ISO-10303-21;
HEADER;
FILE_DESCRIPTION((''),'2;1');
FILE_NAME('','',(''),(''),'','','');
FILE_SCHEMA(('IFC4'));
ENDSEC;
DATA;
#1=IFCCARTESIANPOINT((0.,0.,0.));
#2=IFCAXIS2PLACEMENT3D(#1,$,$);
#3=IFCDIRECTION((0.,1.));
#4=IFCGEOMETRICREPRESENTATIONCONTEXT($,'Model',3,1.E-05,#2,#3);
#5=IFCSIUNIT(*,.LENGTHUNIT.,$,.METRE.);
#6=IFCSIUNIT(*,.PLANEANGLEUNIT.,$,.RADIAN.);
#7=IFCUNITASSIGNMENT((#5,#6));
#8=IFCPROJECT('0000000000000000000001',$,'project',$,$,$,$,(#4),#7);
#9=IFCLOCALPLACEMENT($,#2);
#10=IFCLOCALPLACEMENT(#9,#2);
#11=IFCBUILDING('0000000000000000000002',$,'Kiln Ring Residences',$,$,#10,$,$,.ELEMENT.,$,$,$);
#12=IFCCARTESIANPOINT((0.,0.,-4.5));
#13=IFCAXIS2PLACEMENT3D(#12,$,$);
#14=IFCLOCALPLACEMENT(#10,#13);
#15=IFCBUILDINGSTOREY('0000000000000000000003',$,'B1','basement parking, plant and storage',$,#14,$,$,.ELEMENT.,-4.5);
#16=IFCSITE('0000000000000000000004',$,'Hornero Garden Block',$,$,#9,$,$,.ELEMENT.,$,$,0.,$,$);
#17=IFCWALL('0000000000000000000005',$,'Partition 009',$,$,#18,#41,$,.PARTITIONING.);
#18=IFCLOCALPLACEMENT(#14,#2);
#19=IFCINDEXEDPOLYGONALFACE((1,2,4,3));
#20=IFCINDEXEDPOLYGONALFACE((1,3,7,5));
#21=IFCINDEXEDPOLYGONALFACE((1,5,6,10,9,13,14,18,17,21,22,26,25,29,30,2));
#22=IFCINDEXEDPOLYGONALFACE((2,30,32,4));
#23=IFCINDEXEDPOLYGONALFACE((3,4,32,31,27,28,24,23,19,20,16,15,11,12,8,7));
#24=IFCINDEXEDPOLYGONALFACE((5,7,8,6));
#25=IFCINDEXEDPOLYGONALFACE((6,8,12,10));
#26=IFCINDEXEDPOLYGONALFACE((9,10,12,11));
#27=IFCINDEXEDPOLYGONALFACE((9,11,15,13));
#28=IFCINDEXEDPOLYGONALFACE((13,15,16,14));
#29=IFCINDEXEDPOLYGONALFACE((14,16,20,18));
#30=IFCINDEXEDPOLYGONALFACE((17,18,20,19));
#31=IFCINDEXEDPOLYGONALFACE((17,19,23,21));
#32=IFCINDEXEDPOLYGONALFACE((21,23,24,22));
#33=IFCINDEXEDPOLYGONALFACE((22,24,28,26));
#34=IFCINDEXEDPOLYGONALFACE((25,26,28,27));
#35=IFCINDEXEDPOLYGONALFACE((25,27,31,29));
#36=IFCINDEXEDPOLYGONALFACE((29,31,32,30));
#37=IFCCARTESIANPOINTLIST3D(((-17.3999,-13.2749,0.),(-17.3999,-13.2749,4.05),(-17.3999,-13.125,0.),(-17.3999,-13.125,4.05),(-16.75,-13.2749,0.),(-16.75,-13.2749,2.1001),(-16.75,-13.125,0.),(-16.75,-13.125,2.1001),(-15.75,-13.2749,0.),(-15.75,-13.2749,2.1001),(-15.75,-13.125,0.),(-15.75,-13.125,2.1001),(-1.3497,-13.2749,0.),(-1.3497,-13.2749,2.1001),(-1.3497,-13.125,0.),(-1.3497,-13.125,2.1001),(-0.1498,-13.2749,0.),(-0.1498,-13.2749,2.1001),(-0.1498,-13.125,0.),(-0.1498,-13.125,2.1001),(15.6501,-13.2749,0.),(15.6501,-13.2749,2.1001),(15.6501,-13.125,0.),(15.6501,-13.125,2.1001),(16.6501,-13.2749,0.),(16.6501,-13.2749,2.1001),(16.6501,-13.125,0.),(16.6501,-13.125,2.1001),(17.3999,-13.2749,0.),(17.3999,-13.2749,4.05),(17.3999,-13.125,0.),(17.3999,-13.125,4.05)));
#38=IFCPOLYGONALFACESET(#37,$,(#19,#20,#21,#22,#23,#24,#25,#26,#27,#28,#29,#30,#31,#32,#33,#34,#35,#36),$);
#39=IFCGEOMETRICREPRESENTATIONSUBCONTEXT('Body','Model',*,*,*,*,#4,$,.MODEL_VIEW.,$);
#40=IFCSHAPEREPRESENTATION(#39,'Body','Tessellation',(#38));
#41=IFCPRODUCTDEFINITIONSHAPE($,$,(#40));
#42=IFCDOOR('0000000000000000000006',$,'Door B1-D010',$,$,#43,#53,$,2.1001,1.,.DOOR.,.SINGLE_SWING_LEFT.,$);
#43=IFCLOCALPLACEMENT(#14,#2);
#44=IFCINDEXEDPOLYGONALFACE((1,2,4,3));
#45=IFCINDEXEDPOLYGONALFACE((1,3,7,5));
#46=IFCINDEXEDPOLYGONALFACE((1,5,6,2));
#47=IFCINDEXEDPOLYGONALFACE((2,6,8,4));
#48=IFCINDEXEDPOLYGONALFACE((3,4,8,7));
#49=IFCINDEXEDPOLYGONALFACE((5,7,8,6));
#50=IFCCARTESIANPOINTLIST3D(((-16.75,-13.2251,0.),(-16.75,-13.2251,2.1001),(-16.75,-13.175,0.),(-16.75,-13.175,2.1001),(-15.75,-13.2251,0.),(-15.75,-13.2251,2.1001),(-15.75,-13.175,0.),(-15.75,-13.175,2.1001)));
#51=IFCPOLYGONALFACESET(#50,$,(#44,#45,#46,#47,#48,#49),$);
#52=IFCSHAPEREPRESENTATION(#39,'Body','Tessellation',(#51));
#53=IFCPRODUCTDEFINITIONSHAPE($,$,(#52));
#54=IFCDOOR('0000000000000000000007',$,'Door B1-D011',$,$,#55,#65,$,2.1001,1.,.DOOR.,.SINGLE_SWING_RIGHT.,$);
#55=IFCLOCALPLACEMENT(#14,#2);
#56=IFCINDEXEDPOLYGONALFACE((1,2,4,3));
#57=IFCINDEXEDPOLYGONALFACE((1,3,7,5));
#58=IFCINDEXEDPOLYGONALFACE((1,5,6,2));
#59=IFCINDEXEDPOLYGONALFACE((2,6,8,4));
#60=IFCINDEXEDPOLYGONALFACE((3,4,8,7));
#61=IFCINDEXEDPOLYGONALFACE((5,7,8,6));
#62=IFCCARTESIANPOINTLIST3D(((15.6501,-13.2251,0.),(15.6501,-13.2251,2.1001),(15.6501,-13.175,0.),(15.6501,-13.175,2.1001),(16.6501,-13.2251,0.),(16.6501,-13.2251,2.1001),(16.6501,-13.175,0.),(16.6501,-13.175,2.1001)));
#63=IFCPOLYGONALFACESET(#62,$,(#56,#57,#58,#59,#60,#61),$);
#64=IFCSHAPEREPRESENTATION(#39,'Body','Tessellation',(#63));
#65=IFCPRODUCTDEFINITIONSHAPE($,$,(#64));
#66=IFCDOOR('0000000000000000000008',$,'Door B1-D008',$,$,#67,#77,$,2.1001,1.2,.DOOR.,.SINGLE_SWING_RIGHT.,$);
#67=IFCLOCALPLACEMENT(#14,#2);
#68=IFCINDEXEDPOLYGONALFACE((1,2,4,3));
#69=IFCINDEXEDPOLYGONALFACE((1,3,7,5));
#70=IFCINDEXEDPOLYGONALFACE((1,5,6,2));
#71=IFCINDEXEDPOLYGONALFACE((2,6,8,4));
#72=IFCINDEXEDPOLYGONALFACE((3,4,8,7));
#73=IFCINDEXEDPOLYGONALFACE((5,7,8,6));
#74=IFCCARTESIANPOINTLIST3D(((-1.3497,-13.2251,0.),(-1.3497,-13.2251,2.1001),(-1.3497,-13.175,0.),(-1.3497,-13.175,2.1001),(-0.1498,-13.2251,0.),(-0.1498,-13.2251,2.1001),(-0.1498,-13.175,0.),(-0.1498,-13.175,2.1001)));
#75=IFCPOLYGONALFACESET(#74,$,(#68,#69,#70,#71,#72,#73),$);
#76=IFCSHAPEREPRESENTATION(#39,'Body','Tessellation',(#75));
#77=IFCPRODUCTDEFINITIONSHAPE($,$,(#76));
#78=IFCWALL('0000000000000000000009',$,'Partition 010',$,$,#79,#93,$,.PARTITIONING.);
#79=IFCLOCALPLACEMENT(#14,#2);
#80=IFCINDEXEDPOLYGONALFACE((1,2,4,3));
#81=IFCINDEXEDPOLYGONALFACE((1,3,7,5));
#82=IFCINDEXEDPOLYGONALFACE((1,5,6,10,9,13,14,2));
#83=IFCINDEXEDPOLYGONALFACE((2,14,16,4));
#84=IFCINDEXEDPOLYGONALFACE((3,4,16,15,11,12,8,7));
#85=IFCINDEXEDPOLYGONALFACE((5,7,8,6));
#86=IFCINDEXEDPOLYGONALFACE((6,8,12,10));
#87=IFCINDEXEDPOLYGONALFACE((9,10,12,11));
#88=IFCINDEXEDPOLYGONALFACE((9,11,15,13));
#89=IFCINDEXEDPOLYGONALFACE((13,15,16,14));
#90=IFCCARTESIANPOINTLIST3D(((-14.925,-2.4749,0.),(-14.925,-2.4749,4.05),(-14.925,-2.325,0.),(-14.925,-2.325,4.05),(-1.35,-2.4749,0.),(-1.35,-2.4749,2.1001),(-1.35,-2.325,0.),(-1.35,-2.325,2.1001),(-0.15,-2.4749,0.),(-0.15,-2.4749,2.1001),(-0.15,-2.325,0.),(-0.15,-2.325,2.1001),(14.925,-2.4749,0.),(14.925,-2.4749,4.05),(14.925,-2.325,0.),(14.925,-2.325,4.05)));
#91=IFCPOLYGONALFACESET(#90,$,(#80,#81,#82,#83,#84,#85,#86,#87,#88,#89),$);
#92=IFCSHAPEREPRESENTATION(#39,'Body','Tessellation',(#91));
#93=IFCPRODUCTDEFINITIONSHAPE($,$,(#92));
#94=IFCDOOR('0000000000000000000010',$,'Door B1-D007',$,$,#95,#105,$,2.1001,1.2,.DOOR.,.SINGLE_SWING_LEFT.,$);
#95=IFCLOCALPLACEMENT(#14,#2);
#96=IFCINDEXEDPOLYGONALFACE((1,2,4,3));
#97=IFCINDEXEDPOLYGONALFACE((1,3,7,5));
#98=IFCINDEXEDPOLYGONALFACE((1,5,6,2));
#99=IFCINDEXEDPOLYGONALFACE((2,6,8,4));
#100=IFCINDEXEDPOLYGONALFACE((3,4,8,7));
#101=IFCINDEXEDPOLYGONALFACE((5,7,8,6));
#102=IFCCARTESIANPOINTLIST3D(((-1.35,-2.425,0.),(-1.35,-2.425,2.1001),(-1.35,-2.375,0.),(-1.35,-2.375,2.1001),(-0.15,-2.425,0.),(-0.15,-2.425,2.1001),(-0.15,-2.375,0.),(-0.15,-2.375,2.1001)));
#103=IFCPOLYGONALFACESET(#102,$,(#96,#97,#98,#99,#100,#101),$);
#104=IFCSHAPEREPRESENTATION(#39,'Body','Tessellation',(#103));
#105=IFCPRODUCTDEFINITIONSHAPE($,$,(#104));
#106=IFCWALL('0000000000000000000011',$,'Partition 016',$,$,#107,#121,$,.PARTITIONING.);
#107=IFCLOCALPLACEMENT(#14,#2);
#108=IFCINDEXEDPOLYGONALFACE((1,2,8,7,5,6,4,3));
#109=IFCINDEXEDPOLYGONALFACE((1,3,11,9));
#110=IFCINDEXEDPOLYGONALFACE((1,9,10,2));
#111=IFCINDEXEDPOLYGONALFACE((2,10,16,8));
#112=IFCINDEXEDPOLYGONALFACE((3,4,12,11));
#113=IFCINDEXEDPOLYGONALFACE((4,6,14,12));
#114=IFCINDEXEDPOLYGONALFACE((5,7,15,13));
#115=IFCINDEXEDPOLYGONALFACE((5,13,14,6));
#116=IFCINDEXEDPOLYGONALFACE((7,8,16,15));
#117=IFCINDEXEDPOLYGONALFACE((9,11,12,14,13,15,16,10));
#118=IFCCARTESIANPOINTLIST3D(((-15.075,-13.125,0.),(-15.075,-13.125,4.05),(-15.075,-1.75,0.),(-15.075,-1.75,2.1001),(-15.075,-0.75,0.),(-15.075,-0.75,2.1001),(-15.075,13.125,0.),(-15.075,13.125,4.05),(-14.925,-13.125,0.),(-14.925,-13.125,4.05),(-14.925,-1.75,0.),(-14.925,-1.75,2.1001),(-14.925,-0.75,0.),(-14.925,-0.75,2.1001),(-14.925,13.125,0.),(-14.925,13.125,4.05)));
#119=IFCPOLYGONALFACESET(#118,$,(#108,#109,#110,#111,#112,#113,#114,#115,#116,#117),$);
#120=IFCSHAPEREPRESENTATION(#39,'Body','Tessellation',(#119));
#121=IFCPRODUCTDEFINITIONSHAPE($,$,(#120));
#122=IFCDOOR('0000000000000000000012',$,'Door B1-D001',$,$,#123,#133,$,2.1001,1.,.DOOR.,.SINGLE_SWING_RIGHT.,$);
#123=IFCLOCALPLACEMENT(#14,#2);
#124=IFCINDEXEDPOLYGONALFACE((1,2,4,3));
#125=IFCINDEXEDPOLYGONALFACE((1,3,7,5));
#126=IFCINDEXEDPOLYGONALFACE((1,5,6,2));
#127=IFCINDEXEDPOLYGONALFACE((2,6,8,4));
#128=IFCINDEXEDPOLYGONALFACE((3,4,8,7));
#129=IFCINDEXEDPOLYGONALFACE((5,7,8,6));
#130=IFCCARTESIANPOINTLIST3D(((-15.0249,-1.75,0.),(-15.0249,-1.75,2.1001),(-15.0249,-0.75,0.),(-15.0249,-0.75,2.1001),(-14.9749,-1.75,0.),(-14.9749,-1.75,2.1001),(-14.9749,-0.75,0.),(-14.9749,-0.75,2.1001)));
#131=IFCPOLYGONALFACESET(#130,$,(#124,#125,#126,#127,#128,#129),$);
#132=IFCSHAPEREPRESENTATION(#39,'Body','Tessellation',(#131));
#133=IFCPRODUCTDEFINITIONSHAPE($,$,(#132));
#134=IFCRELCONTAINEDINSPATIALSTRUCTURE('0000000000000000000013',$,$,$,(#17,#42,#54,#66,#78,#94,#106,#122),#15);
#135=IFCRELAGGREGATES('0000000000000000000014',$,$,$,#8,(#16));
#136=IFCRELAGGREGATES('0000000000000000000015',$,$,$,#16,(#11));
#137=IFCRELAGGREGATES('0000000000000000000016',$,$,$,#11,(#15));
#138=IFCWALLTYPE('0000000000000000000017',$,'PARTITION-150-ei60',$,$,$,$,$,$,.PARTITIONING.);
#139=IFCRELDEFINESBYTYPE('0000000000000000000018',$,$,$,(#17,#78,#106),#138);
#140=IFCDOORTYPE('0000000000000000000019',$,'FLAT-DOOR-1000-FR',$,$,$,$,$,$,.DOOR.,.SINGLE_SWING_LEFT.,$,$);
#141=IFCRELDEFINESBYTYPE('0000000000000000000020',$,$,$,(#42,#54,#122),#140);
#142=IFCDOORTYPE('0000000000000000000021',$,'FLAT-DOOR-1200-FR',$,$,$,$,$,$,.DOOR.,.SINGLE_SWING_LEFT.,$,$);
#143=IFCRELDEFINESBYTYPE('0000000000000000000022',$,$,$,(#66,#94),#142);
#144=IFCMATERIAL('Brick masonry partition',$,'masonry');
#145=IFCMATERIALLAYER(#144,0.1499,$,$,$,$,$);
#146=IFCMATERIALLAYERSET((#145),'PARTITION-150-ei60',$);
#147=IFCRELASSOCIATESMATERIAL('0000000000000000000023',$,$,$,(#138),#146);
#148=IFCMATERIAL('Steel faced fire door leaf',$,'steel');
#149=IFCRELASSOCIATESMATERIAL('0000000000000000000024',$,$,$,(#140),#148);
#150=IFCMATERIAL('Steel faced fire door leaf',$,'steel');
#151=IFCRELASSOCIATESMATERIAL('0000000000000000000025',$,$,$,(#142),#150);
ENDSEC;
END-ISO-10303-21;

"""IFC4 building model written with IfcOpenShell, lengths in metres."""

from ifc_helpers import new_model, si_unit, direction, frame, frame_2d, origin, place, context, subcontext, project, spatial, rectangle, extrude, material, layer, layer_set, type_object, element, fill, save


model = new_model("IFC4")

# Units and contexts
model_context = context("Model", 3, precision=1e-05, world=origin(), true_north=direction((0.0, 1.0)))
body_context = subcontext(model_context, "Body", "Model", "MODEL_VIEW")
ifc_project = project(units=[si_unit("LENGTHUNIT", "METRE"), si_unit("PLANEANGLEUNIT", "RADIAN")], contexts=[model_context])

# Site, building, storey
site_placement = place(None, origin())
site = spatial("IfcSite", under=ifc_project, at=site_placement, Name="Hornero Garden Block", CompositionType="ELEMENT", RefElevation=0.0)
building_placement = place(site_placement, origin())
building = spatial("IfcBuilding", under=site, at=building_placement, Name="Kiln Ring Residences", CompositionType="ELEMENT")
storey_placement = place(building_placement, frame((0.0, 0.0, -4.5)))
storey = spatial("IfcBuildingStorey", under=building, at=storey_placement, Name="B1", Description="basement parking, plant and storage", CompositionType="ELEMENT", Elevation=-4.5)

# Wall, openings, doors
ifc_material_1 = material(Name="Brick masonry partition", Category="masonry")
ifc_layer_1 = layer(ifc_material_1, 0.1499)
ifc_layer_set_1 = layer_set([ifc_layer_1], Name="PARTITION-150-ei60")
wall_type_1 = type_object("IfcWallType", Name="PARTITION-150-ei60", PredefinedType="PARTITIONING", material=ifc_layer_set_1)
wall_1_placement = place(storey_placement, frame((-17.3999, -13.2, 0.0), z_axis=(0.0, 0.0, 1.0), x_axis=(1.0, 0.0, 0.0)))
wall_1 = element("IfcWall", 1, at=wall_1_placement, inside=storey, type_object=wall_type_1, Name="Partition 009", PredefinedType="PARTITIONING", context=body_context, shape_type="SweptSolid", body=[
    extrude(rectangle(XDim=34.7998, YDim=0.1499, at=frame_2d((17.3999, 0.0))), origin(), (0.0, 0.0, 1.0), 4.05),
])
opening_1_placement = place(wall_1_placement, frame((16.05, 0.0, 0.0)))
opening_1 = element("IfcOpeningElement", 2, at=opening_1_placement, cuts=wall_1, PredefinedType="OPENING", context=body_context, shape_type="SweptSolid", body=[
    extrude(rectangle(XDim=1.2, YDim=2.1001, at=frame_2d((0.6001, 1.05))), frame((0.0, 0.085, 0.0), z_axis=(0.0, -1.0, 0.0), x_axis=(1.0, 0.0, 0.0)), (0.0, 0.0, 1.0), 0.1699),
])
opening_2_placement = place(wall_1_placement, frame((0.6499, 0.0, 0.0)))
opening_2 = element("IfcOpeningElement", 3, at=opening_2_placement, cuts=wall_1, PredefinedType="OPENING", context=body_context, shape_type="SweptSolid", body=[
    extrude(rectangle(XDim=1.0, YDim=2.1001, at=frame_2d((0.5, 1.05))), frame((0.0, 0.085, 0.0), z_axis=(0.0, -1.0, 0.0), x_axis=(1.0, 0.0, 0.0)), (0.0, 0.0, 1.0), 0.1699),
])
opening_3_placement = place(wall_1_placement, frame((33.05, 0.0, 0.0)))
opening_3 = element("IfcOpeningElement", 4, at=opening_3_placement, cuts=wall_1, PredefinedType="OPENING", context=body_context, shape_type="SweptSolid", body=[
    extrude(rectangle(XDim=1.0, YDim=2.1001, at=frame_2d((0.5, 1.05))), frame((0.0, 0.085, 0.0), z_axis=(0.0, -1.0, 0.0), x_axis=(1.0, 0.0, 0.0)), (0.0, 0.0, 1.0), 0.1699),
])
ifc_material_2 = material(Name="Steel faced fire door leaf", Category="steel")
door_type_1 = type_object("IfcDoorType", Name="FLAT-DOOR-1000-FR", OperationType="SINGLE_SWING_LEFT", PredefinedType="DOOR", material=ifc_material_2)
door_1_placement = place(opening_2_placement, origin())
door_1 = element("IfcDoor", 5, at=door_1_placement, inside=storey, type_object=door_type_1, Name="Door B1-D010", OperationType="SINGLE_SWING_LEFT", OverallHeight=2.1001, OverallWidth=1.0, PredefinedType="DOOR", context=body_context, shape_type="SweptSolid", body=[
    extrude(rectangle(XDim=1.0, YDim=2.1001, at=frame_2d((0.5, 1.05))), frame((0.0, 0.0249, 0.0), z_axis=(0.0, -1.0, 0.0), x_axis=(1.0, 0.0, 0.0)), (0.0, 0.0, 1.0), 0.05),
])
fill(opening_2, door_1)
door_2_placement = place(opening_3_placement, origin())
door_2 = element("IfcDoor", 6, at=door_2_placement, inside=storey, type_object=door_type_1, Name="Door B1-D011", OperationType="SINGLE_SWING_RIGHT", OverallHeight=2.1001, OverallWidth=1.0, PredefinedType="DOOR", context=body_context, shape_type="SweptSolid", body=[
    extrude(rectangle(XDim=1.0, YDim=2.1001, at=frame_2d((0.5, 1.05))), frame((0.0, 0.0249, 0.0), z_axis=(0.0, -1.0, 0.0), x_axis=(1.0, 0.0, 0.0)), (0.0, 0.0, 1.0), 0.05),
])
fill(opening_3, door_2)
ifc_material_3 = material(Name="Steel faced fire door leaf", Category="steel")
door_type_2 = type_object("IfcDoorType", Name="FLAT-DOOR-1200-FR", OperationType="SINGLE_SWING_LEFT", PredefinedType="DOOR", material=ifc_material_3)
door_3_placement = place(opening_1_placement, origin())
door_3 = element("IfcDoor", 7, at=door_3_placement, inside=storey, type_object=door_type_2, Name="Door B1-D008", OperationType="SINGLE_SWING_RIGHT", OverallHeight=2.1001, OverallWidth=1.2, PredefinedType="DOOR", context=body_context, shape_type="SweptSolid", body=[
    extrude(rectangle(XDim=1.2, YDim=2.1001, at=frame_2d((0.6001, 1.05))), frame((0.0, 0.0249, 0.0), z_axis=(0.0, -1.0, 0.0), x_axis=(1.0, 0.0, 0.0)), (0.0, 0.0, 1.0), 0.05),
])
fill(opening_1, door_3)

# Walls, openings, doors
wall_2_placement = place(storey_placement, frame((-14.925, -2.3999, 0.0), z_axis=(0.0, 0.0, 1.0), x_axis=(1.0, 0.0, 0.0)))
wall_2 = element("IfcWall", 8, at=wall_2_placement, inside=storey, type_object=wall_type_1, Name="Partition 010", PredefinedType="PARTITIONING", context=body_context, shape_type="SweptSolid", body=[
    extrude(rectangle(XDim=29.8501, YDim=0.1499, at=frame_2d((14.925, 0.0))), origin(), (0.0, 0.0, 1.0), 4.05),
])
opening_4_placement = place(wall_2_placement, frame((13.575, 0.0, 0.0)))
opening_4 = element("IfcOpeningElement", 9, at=opening_4_placement, cuts=wall_2, PredefinedType="OPENING", context=body_context, shape_type="SweptSolid", body=[
    extrude(rectangle(XDim=1.2, YDim=2.1001, at=frame_2d((0.6001, 1.05))), frame((0.0, 0.085, 0.0), z_axis=(0.0, -1.0, 0.0), x_axis=(1.0, 0.0, 0.0)), (0.0, 0.0, 1.0), 0.1699),
])
door_4_placement = place(opening_4_placement, origin())
door_4 = element("IfcDoor", 10, at=door_4_placement, inside=storey, type_object=door_type_2, Name="Door B1-D007", OperationType="SINGLE_SWING_LEFT", OverallHeight=2.1001, OverallWidth=1.2, PredefinedType="DOOR", context=body_context, shape_type="SweptSolid", body=[
    extrude(rectangle(XDim=1.2, YDim=2.1001, at=frame_2d((0.6001, 1.05))), frame((0.0, 0.0249, 0.0), z_axis=(0.0, -1.0, 0.0), x_axis=(1.0, 0.0, 0.0)), (0.0, 0.0, 1.0), 0.05),
])
fill(opening_4, door_4)
wall_3_placement = place(storey_placement, frame((-15.0, -13.125, 0.0), z_axis=(0.0, 0.0, 1.0), x_axis=(0.0, 1.0, 0.0)))
wall_3 = element("IfcWall", 11, at=wall_3_placement, inside=storey, type_object=wall_type_1, Name="Partition 016", PredefinedType="PARTITIONING", context=body_context, shape_type="SweptSolid", body=[
    extrude(rectangle(XDim=26.25, YDim=0.1499, at=frame_2d((13.125, 0.0))), origin(), (0.0, 0.0, 1.0), 4.05),
])
opening_5_placement = place(wall_3_placement, frame((11.375, 0.0, 0.0)))
opening_5 = element("IfcOpeningElement", 12, at=opening_5_placement, cuts=wall_3, PredefinedType="OPENING", context=body_context, shape_type="SweptSolid", body=[
    extrude(rectangle(XDim=1.0, YDim=2.1001, at=frame_2d((0.5, 1.05))), frame((0.0, 0.085, 0.0), z_axis=(0.0, -1.0, 0.0), x_axis=(1.0, 0.0, 0.0)), (0.0, 0.0, 1.0), 0.1699),
])
door_5_placement = place(opening_5_placement, origin())
door_5 = element("IfcDoor", 13, at=door_5_placement, inside=storey, type_object=door_type_1, Name="Door B1-D001", OperationType="SINGLE_SWING_RIGHT", OverallHeight=2.1001, OverallWidth=1.0, PredefinedType="DOOR", context=body_context, shape_type="SweptSolid", body=[
    extrude(rectangle(XDim=1.0, YDim=2.1001, at=frame_2d((0.5, 1.05))), frame((0.0, 0.0249, 0.0), z_axis=(0.0, -1.0, 0.0), x_axis=(1.0, 0.0, 0.0)), (0.0, 0.0, 1.0), 0.05),
])
fill(opening_5, door_5)

save(model, "model.ifc")
